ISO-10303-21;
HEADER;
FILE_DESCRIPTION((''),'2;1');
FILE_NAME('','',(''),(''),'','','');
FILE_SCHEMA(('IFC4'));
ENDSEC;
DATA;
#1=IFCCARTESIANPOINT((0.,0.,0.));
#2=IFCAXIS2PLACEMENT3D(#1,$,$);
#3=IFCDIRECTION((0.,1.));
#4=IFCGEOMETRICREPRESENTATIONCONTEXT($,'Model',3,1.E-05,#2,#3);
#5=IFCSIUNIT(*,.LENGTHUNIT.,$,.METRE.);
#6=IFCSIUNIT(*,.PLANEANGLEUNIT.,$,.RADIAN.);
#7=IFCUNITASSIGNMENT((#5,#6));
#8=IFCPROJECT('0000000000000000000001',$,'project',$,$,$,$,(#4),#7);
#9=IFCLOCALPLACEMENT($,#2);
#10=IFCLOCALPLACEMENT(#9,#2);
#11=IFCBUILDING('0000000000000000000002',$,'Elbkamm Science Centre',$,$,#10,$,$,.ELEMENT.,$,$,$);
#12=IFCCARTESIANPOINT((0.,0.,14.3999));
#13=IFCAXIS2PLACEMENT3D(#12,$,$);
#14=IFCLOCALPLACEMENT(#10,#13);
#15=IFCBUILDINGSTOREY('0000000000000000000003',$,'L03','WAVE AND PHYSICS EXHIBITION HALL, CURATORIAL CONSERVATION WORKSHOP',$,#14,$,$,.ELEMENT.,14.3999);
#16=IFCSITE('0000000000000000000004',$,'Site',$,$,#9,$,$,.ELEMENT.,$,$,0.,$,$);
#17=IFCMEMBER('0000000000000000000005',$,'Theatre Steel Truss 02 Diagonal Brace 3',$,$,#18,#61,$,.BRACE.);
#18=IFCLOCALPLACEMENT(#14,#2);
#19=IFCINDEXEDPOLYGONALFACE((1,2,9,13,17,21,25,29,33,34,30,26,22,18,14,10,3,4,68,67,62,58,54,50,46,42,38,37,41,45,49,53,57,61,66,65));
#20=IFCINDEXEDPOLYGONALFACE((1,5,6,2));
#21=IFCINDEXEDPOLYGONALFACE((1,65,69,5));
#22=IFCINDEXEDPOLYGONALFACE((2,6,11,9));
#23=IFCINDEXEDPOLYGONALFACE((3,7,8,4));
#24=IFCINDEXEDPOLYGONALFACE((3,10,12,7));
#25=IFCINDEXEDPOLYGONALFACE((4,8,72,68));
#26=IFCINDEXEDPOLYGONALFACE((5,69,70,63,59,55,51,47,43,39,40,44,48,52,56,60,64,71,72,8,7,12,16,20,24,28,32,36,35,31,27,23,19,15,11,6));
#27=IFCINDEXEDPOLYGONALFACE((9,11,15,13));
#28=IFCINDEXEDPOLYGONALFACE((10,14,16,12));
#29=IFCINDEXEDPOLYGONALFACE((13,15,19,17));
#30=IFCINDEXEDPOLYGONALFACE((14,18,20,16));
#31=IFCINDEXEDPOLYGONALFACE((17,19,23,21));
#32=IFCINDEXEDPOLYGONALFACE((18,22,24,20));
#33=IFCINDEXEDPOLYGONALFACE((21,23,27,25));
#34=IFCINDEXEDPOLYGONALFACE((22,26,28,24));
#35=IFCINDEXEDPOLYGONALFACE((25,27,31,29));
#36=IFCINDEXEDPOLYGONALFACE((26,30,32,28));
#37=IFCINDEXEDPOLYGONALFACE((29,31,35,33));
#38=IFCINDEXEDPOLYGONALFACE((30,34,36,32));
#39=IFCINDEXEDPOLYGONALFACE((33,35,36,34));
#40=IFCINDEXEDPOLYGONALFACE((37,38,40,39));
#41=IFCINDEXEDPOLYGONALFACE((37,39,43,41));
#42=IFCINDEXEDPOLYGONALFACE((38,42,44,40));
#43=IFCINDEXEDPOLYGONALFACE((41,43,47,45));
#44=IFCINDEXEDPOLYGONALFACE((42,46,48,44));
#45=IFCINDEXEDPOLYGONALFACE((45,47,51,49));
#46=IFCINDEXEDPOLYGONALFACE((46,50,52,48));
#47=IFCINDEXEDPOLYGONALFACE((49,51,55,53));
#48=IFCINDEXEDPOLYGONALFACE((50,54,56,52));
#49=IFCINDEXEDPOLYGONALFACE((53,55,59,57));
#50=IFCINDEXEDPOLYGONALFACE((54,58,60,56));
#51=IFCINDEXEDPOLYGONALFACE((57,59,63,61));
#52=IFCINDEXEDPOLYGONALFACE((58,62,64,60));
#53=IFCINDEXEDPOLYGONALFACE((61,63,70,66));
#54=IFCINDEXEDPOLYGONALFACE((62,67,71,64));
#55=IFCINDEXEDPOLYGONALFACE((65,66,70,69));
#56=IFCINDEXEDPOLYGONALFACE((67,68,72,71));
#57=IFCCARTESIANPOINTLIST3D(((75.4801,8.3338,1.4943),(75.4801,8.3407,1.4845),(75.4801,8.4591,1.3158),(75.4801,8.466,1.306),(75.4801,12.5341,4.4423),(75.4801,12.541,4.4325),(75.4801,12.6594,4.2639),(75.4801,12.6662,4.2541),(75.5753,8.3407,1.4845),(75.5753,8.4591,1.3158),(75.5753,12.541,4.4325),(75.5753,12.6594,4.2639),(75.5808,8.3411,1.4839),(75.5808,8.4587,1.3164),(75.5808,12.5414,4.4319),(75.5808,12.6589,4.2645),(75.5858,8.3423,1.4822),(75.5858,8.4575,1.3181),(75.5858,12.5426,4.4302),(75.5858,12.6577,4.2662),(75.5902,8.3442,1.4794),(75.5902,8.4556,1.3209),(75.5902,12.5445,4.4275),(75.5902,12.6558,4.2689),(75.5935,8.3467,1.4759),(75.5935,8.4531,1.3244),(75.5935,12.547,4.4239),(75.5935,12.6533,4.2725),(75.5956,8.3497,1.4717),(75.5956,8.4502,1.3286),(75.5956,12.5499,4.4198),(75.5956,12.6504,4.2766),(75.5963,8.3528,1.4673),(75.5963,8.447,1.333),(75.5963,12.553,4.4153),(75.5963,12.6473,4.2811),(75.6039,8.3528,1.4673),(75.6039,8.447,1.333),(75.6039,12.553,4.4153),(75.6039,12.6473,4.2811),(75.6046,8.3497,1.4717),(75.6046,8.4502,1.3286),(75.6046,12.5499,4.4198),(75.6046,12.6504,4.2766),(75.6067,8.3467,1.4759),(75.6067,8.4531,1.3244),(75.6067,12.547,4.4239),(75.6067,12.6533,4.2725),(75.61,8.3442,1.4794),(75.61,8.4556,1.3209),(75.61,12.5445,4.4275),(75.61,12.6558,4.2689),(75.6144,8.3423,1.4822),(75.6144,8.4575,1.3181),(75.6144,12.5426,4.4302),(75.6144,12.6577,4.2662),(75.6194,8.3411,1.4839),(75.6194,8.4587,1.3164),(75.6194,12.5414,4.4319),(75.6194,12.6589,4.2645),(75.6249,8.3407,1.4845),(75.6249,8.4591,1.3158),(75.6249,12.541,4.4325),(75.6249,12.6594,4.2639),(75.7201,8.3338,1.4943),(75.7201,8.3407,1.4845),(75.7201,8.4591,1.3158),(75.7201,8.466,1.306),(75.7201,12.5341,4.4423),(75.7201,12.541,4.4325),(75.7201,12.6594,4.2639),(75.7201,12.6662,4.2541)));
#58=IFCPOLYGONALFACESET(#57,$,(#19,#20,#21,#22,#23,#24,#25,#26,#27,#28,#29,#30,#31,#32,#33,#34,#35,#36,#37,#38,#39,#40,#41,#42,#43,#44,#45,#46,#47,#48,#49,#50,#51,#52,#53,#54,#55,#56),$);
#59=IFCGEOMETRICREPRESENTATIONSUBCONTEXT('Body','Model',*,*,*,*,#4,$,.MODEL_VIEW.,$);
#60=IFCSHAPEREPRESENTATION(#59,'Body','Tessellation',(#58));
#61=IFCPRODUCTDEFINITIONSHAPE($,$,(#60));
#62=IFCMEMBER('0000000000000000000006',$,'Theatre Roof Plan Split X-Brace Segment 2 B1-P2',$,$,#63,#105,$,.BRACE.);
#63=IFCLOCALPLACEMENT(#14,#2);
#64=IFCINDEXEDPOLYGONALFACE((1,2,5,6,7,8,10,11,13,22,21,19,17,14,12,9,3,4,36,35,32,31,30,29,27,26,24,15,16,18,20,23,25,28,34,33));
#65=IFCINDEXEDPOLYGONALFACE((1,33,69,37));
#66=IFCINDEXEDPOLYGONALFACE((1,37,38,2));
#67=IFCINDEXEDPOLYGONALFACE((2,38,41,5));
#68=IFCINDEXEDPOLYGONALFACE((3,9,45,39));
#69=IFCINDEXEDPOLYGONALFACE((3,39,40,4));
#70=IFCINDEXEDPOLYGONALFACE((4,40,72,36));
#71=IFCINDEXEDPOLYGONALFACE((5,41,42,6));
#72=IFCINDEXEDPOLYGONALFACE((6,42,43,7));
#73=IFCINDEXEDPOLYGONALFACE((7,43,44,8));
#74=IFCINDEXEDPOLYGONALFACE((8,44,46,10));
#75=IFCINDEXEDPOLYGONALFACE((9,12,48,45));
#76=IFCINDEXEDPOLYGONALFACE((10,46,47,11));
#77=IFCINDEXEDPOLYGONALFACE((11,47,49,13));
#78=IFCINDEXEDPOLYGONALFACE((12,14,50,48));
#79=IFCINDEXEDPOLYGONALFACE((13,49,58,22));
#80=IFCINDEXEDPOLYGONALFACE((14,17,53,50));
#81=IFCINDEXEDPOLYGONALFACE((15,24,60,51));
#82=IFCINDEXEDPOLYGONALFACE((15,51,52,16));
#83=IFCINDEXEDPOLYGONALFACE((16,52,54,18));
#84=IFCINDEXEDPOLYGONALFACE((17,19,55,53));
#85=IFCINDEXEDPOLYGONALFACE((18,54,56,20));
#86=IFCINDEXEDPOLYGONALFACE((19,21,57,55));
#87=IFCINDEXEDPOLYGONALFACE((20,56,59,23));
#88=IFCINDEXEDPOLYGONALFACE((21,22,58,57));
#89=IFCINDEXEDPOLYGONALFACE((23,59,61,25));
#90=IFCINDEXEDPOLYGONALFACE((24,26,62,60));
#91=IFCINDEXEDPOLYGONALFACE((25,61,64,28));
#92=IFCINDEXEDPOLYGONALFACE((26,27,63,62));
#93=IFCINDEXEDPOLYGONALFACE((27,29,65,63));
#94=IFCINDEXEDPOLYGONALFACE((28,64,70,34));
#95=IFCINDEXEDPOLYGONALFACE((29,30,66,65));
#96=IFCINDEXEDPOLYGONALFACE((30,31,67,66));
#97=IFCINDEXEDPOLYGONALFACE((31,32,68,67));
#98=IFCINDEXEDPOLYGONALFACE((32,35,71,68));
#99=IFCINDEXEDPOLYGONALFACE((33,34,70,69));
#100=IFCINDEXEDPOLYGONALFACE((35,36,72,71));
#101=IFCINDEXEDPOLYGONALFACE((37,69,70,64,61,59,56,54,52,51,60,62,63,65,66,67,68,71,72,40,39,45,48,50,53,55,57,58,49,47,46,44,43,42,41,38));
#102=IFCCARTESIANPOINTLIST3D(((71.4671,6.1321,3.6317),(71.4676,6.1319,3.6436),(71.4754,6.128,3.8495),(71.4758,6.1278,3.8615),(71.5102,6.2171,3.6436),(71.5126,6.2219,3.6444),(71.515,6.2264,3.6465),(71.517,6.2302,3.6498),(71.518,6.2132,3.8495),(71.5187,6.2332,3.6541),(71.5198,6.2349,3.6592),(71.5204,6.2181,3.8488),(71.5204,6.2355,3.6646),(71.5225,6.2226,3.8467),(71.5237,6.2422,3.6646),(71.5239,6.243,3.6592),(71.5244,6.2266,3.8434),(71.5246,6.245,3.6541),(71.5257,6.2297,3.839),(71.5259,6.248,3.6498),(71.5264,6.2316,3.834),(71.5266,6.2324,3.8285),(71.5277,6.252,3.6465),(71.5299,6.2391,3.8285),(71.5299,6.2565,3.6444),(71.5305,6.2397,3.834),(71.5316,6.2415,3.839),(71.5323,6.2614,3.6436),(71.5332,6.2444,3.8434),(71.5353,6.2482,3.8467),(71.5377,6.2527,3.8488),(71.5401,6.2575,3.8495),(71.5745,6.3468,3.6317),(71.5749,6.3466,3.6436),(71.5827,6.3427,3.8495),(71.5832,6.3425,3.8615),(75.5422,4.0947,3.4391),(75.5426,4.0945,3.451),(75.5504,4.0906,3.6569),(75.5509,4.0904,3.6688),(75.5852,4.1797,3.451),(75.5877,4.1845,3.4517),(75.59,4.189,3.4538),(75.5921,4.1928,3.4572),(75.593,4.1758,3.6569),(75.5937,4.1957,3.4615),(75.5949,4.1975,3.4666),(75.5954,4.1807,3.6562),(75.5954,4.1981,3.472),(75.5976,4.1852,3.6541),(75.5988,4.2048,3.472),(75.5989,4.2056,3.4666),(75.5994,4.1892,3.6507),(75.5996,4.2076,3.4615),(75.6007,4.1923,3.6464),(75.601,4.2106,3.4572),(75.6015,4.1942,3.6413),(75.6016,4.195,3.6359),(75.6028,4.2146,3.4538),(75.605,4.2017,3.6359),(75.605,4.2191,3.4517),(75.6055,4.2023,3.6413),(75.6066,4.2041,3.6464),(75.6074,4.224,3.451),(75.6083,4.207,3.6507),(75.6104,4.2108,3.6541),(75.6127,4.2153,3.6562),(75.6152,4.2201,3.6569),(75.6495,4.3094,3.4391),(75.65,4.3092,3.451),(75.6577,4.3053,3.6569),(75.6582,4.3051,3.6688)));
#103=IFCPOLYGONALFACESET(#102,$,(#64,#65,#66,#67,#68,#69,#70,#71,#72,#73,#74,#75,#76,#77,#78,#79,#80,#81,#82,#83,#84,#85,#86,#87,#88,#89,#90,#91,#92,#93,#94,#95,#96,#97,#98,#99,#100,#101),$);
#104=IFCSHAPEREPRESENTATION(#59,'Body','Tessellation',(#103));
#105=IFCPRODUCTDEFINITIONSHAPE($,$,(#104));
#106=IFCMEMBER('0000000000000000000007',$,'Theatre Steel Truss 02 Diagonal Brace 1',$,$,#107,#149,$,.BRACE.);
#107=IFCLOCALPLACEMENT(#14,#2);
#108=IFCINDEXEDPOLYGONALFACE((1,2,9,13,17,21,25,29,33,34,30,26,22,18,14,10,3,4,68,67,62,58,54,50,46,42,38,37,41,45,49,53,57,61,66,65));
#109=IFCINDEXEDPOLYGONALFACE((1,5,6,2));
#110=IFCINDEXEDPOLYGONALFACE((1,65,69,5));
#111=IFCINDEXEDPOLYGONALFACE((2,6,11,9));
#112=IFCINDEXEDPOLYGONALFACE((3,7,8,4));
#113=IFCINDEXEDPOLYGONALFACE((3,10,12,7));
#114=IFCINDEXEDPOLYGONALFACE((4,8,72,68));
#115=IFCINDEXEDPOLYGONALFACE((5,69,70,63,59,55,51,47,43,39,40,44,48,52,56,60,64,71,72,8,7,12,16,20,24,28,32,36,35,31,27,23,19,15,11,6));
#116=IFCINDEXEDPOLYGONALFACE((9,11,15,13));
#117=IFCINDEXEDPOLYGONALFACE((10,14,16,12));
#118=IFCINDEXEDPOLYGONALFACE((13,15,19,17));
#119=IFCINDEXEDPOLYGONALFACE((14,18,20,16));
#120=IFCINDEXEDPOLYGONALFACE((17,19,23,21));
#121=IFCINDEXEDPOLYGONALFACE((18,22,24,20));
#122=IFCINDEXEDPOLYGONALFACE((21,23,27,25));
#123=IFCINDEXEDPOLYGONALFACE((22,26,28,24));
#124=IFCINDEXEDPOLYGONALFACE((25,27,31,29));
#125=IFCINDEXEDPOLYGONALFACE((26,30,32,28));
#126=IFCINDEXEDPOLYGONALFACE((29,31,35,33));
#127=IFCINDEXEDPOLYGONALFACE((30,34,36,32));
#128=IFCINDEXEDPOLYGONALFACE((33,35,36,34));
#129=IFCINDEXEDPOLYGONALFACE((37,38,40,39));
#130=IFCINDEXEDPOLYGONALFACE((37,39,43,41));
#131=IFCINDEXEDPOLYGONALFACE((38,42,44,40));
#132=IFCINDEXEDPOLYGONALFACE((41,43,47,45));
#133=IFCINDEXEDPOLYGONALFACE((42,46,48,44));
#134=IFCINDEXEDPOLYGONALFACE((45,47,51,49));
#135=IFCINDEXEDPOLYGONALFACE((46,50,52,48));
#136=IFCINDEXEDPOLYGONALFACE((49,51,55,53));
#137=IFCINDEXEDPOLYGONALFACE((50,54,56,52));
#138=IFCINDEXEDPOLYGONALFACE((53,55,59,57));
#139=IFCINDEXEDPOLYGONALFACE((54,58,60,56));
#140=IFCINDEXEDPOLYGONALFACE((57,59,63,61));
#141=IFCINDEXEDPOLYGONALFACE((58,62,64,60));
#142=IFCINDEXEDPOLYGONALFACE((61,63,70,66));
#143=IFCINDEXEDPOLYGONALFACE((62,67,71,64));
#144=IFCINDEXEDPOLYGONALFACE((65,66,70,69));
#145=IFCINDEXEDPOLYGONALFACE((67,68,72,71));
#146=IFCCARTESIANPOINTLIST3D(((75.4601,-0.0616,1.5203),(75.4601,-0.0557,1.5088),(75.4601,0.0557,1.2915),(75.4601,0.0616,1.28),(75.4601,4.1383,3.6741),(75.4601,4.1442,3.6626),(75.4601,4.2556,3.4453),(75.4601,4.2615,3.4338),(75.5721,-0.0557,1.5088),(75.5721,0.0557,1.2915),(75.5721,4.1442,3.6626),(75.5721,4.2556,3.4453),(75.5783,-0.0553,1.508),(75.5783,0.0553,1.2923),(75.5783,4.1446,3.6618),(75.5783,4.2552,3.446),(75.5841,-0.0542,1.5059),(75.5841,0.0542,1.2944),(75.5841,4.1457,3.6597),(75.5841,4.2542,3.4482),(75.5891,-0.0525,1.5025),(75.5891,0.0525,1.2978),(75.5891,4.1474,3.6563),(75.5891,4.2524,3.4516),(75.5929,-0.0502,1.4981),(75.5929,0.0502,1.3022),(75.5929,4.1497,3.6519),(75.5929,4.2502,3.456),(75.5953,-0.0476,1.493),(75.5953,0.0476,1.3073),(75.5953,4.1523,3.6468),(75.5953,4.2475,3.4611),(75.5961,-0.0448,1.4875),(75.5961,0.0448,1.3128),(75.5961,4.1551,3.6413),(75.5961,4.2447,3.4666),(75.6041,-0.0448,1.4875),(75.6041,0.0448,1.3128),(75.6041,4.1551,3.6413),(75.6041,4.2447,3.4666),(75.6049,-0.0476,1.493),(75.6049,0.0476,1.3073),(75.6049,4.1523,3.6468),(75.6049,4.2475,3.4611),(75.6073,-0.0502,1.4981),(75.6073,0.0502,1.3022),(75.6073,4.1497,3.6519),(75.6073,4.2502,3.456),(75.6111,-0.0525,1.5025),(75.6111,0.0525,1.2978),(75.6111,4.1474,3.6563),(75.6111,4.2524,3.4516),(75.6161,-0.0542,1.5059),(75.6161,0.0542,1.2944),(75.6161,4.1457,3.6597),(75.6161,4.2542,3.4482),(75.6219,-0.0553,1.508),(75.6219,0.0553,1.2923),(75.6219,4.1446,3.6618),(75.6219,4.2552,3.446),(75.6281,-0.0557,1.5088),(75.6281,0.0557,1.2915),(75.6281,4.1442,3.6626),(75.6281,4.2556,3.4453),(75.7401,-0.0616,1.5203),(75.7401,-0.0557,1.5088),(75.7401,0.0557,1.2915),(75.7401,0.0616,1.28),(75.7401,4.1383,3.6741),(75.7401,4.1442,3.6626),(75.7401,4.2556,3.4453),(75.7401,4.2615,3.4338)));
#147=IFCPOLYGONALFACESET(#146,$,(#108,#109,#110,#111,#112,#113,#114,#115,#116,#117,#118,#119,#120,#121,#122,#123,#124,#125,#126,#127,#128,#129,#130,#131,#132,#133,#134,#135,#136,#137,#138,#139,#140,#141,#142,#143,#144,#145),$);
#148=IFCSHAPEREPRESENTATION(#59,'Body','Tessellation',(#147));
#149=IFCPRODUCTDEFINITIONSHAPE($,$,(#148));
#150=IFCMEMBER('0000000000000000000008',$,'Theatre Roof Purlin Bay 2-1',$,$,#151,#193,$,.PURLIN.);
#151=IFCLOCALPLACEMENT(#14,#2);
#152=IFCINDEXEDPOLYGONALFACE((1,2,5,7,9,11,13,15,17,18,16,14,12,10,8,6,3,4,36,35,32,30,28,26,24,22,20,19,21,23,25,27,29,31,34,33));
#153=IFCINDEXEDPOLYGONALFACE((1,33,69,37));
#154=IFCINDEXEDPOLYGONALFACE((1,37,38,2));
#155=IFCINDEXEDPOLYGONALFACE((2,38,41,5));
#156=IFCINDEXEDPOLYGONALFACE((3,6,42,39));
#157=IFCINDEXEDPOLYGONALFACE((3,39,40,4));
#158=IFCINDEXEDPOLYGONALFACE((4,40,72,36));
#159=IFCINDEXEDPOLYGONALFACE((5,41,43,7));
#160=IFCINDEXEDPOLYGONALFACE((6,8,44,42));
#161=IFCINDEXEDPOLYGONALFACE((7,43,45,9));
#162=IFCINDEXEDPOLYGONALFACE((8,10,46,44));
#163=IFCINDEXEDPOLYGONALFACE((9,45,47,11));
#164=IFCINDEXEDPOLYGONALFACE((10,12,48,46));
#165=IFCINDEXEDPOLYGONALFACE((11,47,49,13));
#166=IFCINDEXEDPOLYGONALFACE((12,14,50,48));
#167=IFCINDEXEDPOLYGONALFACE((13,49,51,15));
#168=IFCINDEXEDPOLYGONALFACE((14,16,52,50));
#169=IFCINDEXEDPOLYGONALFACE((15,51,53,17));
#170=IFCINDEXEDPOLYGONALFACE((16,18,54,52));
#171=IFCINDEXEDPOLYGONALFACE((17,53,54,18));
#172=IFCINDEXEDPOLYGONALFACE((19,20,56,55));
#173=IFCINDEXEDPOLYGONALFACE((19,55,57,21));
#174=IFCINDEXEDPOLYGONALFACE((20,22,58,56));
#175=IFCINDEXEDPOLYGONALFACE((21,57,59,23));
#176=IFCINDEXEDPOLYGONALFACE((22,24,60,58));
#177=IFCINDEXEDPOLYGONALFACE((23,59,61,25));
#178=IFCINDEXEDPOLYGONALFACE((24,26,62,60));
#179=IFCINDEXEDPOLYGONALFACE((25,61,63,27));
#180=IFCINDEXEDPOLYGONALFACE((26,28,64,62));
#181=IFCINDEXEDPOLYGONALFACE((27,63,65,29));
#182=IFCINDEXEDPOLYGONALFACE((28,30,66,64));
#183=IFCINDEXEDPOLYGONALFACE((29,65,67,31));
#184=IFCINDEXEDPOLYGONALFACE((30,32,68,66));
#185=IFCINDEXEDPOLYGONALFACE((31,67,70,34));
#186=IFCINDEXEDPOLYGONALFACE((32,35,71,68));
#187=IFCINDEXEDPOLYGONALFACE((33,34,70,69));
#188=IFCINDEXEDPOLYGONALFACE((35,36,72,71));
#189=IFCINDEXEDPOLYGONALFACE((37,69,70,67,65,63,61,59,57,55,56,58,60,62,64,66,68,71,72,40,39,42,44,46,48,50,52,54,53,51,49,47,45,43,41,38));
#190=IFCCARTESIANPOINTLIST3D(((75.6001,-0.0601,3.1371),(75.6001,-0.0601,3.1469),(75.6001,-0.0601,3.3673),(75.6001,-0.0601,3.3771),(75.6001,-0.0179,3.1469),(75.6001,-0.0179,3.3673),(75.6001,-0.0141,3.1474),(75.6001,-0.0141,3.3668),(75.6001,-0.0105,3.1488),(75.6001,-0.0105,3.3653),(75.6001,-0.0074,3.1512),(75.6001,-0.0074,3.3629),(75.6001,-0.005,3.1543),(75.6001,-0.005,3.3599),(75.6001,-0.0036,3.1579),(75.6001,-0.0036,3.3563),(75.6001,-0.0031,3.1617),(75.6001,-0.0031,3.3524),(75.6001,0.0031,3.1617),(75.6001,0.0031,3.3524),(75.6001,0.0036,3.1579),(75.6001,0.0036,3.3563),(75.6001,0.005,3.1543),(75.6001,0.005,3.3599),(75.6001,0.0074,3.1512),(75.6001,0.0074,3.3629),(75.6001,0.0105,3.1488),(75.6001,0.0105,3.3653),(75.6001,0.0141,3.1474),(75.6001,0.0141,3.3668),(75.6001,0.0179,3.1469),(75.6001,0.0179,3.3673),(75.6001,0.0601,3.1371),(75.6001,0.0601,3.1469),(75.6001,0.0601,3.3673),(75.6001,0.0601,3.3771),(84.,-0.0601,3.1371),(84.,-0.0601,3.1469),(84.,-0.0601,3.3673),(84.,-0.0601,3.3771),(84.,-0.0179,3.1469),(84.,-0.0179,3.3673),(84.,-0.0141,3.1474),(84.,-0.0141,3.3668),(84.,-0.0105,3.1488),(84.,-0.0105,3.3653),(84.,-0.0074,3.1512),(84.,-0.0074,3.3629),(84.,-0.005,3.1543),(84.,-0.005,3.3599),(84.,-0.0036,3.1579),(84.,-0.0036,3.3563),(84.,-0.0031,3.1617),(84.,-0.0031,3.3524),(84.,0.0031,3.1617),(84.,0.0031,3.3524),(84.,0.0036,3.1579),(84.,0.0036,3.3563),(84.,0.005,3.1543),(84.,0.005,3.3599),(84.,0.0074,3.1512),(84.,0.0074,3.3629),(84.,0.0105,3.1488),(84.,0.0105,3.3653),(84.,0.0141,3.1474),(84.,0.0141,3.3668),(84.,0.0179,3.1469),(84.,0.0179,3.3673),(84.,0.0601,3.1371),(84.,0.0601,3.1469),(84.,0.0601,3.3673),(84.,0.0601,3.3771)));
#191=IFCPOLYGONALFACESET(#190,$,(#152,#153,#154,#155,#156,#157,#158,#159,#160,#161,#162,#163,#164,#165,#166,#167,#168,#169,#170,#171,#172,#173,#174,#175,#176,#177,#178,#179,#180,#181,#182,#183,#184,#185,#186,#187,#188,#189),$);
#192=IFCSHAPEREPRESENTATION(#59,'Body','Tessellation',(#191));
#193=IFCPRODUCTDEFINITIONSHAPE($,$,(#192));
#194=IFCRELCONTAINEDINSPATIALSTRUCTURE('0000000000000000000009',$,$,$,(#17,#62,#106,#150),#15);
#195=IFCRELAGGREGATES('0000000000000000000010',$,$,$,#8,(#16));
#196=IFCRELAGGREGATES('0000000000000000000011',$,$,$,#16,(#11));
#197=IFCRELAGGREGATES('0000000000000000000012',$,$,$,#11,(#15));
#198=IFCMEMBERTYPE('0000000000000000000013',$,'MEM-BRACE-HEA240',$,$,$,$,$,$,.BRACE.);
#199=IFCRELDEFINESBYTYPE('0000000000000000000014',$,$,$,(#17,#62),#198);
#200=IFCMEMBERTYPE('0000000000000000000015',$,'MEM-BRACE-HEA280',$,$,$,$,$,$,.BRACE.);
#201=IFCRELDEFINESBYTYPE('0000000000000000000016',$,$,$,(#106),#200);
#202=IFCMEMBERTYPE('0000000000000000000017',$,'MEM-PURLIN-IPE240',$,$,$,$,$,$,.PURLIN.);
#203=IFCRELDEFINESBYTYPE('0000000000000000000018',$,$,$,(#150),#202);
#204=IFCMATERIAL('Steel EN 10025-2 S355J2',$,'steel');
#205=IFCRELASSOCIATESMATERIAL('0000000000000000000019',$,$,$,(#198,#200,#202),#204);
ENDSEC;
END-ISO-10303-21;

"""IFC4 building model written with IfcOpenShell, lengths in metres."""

from ifc_helpers import new_model, si_unit, direction, frame, origin, origin_2d, place, context, subcontext, project, spatial, i_section, extrude, material, material_profile, profile_set, type_object, element, save


model = new_model("IFC4")

# Units and contexts
model_context = context("Model", 3, precision=1e-05, world=origin(), true_north=direction((0.0, 1.0)))
body_context = subcontext(model_context, "Body", "Model", "MODEL_VIEW")
ifc_project = project(units=[si_unit("LENGTHUNIT", "METRE"), si_unit("PLANEANGLEUNIT", "RADIAN")], contexts=[model_context])

# Site, building, storey
site_placement = place(None, origin())
site = spatial("IfcSite", under=ifc_project, at=site_placement, Name="Site", CompositionType="ELEMENT", RefElevation=0.0)
building_placement = place(site_placement, origin())
building = spatial("IfcBuilding", under=site, at=building_placement, Name="Elbkamm Science Centre", CompositionType="ELEMENT")
storey_placement = place(building_placement, frame((0.0, 0.0, 14.3999)))
storey = spatial("IfcBuildingStorey", under=building, at=storey_placement, Name="L03", Description="WAVE AND PHYSICS EXHIBITION HALL, CURATORIAL CONSERVATION WORKSHOP", CompositionType="ELEMENT", Elevation=14.3999)

# Shared definitions
ifc_material_1 = material(Name="Steel EN 10025-2 S355J2", Category="steel")

# Members
ifc_material_profile_1 = material_profile(ifc_material_1, i_section(OverallWidth=0.24, OverallDepth=0.23, WebThickness=0.0076, FlangeThickness=0.012, FilletRadius=0.021, at=origin_2d()), Name="HEA 240")
ifc_profile_set_1 = profile_set([ifc_material_profile_1], Name="Steel EN 10025-2 S355J2")
member_type_1 = type_object("IfcMemberType", Name="MEM-BRACE-HEA240", PredefinedType="BRACE", material=ifc_profile_set_1)
member_1_placement = place(storey_placement, frame((75.6001, 8.3999, 1.4001), z_axis=(0.0, 0.818512, 0.57449), x_axis=(-1.0, 0.0, 0.0)))
element("IfcMember", 1, at=member_1_placement, inside=storey, type_object=member_type_1, Name="Theatre Steel Truss 02 Diagonal Brace 3", PredefinedType="BRACE", context=body_context, shape_type="SweptSolid", body=[
    extrude(i_section(OverallWidth=0.24, OverallDepth=0.23, WebThickness=0.0076, FlangeThickness=0.012, FilletRadius=0.021, at=origin_2d()), origin(), (0.0, 0.0, 1.0), 5.1316),
])
member_2_placement = place(storey_placement, frame((71.5251, 6.2373, 3.7466), z_axis=(0.893639, -0.446793, -0.042243), x_axis=(0.447192, 0.894438, 0.0)))
element("IfcMember", 2, at=member_2_placement, inside=storey, type_object=member_type_1, Name="Theatre Roof Plan Split X-Brace Segment 2 B1-P2", PredefinedType="BRACE", context=body_context, shape_type="SweptSolid", body=[
    extrude(i_section(OverallWidth=0.24, OverallDepth=0.23, WebThickness=0.0076, FlangeThickness=0.012, FilletRadius=0.021, at=origin_2d()), origin(), (0.0, 0.0, 1.0), 4.5601),
])
ifc_material_profile_2 = material_profile(ifc_material_1, i_section(OverallWidth=0.28, OverallDepth=0.27, WebThickness=0.0081, FlangeThickness=0.0129, FilletRadius=0.0239, at=origin_2d()), Name="HEA 280")
ifc_profile_set_2 = profile_set([ifc_material_profile_2], Name="Steel EN 10025-2 S355J2")
member_type_2 = type_object("IfcMemberType", Name="MEM-BRACE-HEA280", PredefinedType="BRACE", material=ifc_profile_set_2)
member_3_placement = place(storey_placement, frame((75.6001, 0.0, 1.4001), z_axis=(0.0, 0.889819, 0.456315), x_axis=(-1.0, 0.0, 0.0)))
element("IfcMember", 3, at=member_3_placement, inside=storey, type_object=member_type_2, Name="Theatre Steel Truss 02 Diagonal Brace 1", PredefinedType="BRACE", context=body_context, shape_type="SweptSolid", body=[
    extrude(i_section(OverallWidth=0.28, OverallDepth=0.27, WebThickness=0.0081, FlangeThickness=0.0129, FilletRadius=0.0239, at=origin_2d()), origin(), (0.0, 0.0, 1.0), 4.72),
])
ifc_material_profile_3 = material_profile(ifc_material_1, i_section(OverallWidth=0.1201, OverallDepth=0.24, WebThickness=0.0061, FlangeThickness=0.0098, FilletRadius=0.0149, at=origin_2d()), Name="IPE 240")
ifc_profile_set_3 = profile_set([ifc_material_profile_3], Name="Steel EN 10025-2 S355J2")
member_type_3 = type_object("IfcMemberType", Name="MEM-PURLIN-IPE240", PredefinedType="PURLIN", material=ifc_profile_set_3)
for number, where, z_axis, x_axis, name in (
    (4, (75.6001, 0.0, 3.2571), (1.0, 0.0, 0.0), (0.0, 1.0, 0.0), "Theatre Roof Purlin Bay 2-1"),
):
    element("IfcMember", number, at=place(storey_placement, frame(where, z_axis=z_axis, x_axis=x_axis)), inside=storey, type_object=member_type_3, Name=name, PredefinedType="PURLIN", context=body_context, shape_type="SweptSolid", body=[
        extrude(i_section(OverallWidth=0.1201, OverallDepth=0.24, WebThickness=0.0061, FlangeThickness=0.0098, FilletRadius=0.0149, at=origin_2d()), origin(), (0.0, 0.0, 1.0), 8.3999),
    ])

save(model, "model.ifc")
